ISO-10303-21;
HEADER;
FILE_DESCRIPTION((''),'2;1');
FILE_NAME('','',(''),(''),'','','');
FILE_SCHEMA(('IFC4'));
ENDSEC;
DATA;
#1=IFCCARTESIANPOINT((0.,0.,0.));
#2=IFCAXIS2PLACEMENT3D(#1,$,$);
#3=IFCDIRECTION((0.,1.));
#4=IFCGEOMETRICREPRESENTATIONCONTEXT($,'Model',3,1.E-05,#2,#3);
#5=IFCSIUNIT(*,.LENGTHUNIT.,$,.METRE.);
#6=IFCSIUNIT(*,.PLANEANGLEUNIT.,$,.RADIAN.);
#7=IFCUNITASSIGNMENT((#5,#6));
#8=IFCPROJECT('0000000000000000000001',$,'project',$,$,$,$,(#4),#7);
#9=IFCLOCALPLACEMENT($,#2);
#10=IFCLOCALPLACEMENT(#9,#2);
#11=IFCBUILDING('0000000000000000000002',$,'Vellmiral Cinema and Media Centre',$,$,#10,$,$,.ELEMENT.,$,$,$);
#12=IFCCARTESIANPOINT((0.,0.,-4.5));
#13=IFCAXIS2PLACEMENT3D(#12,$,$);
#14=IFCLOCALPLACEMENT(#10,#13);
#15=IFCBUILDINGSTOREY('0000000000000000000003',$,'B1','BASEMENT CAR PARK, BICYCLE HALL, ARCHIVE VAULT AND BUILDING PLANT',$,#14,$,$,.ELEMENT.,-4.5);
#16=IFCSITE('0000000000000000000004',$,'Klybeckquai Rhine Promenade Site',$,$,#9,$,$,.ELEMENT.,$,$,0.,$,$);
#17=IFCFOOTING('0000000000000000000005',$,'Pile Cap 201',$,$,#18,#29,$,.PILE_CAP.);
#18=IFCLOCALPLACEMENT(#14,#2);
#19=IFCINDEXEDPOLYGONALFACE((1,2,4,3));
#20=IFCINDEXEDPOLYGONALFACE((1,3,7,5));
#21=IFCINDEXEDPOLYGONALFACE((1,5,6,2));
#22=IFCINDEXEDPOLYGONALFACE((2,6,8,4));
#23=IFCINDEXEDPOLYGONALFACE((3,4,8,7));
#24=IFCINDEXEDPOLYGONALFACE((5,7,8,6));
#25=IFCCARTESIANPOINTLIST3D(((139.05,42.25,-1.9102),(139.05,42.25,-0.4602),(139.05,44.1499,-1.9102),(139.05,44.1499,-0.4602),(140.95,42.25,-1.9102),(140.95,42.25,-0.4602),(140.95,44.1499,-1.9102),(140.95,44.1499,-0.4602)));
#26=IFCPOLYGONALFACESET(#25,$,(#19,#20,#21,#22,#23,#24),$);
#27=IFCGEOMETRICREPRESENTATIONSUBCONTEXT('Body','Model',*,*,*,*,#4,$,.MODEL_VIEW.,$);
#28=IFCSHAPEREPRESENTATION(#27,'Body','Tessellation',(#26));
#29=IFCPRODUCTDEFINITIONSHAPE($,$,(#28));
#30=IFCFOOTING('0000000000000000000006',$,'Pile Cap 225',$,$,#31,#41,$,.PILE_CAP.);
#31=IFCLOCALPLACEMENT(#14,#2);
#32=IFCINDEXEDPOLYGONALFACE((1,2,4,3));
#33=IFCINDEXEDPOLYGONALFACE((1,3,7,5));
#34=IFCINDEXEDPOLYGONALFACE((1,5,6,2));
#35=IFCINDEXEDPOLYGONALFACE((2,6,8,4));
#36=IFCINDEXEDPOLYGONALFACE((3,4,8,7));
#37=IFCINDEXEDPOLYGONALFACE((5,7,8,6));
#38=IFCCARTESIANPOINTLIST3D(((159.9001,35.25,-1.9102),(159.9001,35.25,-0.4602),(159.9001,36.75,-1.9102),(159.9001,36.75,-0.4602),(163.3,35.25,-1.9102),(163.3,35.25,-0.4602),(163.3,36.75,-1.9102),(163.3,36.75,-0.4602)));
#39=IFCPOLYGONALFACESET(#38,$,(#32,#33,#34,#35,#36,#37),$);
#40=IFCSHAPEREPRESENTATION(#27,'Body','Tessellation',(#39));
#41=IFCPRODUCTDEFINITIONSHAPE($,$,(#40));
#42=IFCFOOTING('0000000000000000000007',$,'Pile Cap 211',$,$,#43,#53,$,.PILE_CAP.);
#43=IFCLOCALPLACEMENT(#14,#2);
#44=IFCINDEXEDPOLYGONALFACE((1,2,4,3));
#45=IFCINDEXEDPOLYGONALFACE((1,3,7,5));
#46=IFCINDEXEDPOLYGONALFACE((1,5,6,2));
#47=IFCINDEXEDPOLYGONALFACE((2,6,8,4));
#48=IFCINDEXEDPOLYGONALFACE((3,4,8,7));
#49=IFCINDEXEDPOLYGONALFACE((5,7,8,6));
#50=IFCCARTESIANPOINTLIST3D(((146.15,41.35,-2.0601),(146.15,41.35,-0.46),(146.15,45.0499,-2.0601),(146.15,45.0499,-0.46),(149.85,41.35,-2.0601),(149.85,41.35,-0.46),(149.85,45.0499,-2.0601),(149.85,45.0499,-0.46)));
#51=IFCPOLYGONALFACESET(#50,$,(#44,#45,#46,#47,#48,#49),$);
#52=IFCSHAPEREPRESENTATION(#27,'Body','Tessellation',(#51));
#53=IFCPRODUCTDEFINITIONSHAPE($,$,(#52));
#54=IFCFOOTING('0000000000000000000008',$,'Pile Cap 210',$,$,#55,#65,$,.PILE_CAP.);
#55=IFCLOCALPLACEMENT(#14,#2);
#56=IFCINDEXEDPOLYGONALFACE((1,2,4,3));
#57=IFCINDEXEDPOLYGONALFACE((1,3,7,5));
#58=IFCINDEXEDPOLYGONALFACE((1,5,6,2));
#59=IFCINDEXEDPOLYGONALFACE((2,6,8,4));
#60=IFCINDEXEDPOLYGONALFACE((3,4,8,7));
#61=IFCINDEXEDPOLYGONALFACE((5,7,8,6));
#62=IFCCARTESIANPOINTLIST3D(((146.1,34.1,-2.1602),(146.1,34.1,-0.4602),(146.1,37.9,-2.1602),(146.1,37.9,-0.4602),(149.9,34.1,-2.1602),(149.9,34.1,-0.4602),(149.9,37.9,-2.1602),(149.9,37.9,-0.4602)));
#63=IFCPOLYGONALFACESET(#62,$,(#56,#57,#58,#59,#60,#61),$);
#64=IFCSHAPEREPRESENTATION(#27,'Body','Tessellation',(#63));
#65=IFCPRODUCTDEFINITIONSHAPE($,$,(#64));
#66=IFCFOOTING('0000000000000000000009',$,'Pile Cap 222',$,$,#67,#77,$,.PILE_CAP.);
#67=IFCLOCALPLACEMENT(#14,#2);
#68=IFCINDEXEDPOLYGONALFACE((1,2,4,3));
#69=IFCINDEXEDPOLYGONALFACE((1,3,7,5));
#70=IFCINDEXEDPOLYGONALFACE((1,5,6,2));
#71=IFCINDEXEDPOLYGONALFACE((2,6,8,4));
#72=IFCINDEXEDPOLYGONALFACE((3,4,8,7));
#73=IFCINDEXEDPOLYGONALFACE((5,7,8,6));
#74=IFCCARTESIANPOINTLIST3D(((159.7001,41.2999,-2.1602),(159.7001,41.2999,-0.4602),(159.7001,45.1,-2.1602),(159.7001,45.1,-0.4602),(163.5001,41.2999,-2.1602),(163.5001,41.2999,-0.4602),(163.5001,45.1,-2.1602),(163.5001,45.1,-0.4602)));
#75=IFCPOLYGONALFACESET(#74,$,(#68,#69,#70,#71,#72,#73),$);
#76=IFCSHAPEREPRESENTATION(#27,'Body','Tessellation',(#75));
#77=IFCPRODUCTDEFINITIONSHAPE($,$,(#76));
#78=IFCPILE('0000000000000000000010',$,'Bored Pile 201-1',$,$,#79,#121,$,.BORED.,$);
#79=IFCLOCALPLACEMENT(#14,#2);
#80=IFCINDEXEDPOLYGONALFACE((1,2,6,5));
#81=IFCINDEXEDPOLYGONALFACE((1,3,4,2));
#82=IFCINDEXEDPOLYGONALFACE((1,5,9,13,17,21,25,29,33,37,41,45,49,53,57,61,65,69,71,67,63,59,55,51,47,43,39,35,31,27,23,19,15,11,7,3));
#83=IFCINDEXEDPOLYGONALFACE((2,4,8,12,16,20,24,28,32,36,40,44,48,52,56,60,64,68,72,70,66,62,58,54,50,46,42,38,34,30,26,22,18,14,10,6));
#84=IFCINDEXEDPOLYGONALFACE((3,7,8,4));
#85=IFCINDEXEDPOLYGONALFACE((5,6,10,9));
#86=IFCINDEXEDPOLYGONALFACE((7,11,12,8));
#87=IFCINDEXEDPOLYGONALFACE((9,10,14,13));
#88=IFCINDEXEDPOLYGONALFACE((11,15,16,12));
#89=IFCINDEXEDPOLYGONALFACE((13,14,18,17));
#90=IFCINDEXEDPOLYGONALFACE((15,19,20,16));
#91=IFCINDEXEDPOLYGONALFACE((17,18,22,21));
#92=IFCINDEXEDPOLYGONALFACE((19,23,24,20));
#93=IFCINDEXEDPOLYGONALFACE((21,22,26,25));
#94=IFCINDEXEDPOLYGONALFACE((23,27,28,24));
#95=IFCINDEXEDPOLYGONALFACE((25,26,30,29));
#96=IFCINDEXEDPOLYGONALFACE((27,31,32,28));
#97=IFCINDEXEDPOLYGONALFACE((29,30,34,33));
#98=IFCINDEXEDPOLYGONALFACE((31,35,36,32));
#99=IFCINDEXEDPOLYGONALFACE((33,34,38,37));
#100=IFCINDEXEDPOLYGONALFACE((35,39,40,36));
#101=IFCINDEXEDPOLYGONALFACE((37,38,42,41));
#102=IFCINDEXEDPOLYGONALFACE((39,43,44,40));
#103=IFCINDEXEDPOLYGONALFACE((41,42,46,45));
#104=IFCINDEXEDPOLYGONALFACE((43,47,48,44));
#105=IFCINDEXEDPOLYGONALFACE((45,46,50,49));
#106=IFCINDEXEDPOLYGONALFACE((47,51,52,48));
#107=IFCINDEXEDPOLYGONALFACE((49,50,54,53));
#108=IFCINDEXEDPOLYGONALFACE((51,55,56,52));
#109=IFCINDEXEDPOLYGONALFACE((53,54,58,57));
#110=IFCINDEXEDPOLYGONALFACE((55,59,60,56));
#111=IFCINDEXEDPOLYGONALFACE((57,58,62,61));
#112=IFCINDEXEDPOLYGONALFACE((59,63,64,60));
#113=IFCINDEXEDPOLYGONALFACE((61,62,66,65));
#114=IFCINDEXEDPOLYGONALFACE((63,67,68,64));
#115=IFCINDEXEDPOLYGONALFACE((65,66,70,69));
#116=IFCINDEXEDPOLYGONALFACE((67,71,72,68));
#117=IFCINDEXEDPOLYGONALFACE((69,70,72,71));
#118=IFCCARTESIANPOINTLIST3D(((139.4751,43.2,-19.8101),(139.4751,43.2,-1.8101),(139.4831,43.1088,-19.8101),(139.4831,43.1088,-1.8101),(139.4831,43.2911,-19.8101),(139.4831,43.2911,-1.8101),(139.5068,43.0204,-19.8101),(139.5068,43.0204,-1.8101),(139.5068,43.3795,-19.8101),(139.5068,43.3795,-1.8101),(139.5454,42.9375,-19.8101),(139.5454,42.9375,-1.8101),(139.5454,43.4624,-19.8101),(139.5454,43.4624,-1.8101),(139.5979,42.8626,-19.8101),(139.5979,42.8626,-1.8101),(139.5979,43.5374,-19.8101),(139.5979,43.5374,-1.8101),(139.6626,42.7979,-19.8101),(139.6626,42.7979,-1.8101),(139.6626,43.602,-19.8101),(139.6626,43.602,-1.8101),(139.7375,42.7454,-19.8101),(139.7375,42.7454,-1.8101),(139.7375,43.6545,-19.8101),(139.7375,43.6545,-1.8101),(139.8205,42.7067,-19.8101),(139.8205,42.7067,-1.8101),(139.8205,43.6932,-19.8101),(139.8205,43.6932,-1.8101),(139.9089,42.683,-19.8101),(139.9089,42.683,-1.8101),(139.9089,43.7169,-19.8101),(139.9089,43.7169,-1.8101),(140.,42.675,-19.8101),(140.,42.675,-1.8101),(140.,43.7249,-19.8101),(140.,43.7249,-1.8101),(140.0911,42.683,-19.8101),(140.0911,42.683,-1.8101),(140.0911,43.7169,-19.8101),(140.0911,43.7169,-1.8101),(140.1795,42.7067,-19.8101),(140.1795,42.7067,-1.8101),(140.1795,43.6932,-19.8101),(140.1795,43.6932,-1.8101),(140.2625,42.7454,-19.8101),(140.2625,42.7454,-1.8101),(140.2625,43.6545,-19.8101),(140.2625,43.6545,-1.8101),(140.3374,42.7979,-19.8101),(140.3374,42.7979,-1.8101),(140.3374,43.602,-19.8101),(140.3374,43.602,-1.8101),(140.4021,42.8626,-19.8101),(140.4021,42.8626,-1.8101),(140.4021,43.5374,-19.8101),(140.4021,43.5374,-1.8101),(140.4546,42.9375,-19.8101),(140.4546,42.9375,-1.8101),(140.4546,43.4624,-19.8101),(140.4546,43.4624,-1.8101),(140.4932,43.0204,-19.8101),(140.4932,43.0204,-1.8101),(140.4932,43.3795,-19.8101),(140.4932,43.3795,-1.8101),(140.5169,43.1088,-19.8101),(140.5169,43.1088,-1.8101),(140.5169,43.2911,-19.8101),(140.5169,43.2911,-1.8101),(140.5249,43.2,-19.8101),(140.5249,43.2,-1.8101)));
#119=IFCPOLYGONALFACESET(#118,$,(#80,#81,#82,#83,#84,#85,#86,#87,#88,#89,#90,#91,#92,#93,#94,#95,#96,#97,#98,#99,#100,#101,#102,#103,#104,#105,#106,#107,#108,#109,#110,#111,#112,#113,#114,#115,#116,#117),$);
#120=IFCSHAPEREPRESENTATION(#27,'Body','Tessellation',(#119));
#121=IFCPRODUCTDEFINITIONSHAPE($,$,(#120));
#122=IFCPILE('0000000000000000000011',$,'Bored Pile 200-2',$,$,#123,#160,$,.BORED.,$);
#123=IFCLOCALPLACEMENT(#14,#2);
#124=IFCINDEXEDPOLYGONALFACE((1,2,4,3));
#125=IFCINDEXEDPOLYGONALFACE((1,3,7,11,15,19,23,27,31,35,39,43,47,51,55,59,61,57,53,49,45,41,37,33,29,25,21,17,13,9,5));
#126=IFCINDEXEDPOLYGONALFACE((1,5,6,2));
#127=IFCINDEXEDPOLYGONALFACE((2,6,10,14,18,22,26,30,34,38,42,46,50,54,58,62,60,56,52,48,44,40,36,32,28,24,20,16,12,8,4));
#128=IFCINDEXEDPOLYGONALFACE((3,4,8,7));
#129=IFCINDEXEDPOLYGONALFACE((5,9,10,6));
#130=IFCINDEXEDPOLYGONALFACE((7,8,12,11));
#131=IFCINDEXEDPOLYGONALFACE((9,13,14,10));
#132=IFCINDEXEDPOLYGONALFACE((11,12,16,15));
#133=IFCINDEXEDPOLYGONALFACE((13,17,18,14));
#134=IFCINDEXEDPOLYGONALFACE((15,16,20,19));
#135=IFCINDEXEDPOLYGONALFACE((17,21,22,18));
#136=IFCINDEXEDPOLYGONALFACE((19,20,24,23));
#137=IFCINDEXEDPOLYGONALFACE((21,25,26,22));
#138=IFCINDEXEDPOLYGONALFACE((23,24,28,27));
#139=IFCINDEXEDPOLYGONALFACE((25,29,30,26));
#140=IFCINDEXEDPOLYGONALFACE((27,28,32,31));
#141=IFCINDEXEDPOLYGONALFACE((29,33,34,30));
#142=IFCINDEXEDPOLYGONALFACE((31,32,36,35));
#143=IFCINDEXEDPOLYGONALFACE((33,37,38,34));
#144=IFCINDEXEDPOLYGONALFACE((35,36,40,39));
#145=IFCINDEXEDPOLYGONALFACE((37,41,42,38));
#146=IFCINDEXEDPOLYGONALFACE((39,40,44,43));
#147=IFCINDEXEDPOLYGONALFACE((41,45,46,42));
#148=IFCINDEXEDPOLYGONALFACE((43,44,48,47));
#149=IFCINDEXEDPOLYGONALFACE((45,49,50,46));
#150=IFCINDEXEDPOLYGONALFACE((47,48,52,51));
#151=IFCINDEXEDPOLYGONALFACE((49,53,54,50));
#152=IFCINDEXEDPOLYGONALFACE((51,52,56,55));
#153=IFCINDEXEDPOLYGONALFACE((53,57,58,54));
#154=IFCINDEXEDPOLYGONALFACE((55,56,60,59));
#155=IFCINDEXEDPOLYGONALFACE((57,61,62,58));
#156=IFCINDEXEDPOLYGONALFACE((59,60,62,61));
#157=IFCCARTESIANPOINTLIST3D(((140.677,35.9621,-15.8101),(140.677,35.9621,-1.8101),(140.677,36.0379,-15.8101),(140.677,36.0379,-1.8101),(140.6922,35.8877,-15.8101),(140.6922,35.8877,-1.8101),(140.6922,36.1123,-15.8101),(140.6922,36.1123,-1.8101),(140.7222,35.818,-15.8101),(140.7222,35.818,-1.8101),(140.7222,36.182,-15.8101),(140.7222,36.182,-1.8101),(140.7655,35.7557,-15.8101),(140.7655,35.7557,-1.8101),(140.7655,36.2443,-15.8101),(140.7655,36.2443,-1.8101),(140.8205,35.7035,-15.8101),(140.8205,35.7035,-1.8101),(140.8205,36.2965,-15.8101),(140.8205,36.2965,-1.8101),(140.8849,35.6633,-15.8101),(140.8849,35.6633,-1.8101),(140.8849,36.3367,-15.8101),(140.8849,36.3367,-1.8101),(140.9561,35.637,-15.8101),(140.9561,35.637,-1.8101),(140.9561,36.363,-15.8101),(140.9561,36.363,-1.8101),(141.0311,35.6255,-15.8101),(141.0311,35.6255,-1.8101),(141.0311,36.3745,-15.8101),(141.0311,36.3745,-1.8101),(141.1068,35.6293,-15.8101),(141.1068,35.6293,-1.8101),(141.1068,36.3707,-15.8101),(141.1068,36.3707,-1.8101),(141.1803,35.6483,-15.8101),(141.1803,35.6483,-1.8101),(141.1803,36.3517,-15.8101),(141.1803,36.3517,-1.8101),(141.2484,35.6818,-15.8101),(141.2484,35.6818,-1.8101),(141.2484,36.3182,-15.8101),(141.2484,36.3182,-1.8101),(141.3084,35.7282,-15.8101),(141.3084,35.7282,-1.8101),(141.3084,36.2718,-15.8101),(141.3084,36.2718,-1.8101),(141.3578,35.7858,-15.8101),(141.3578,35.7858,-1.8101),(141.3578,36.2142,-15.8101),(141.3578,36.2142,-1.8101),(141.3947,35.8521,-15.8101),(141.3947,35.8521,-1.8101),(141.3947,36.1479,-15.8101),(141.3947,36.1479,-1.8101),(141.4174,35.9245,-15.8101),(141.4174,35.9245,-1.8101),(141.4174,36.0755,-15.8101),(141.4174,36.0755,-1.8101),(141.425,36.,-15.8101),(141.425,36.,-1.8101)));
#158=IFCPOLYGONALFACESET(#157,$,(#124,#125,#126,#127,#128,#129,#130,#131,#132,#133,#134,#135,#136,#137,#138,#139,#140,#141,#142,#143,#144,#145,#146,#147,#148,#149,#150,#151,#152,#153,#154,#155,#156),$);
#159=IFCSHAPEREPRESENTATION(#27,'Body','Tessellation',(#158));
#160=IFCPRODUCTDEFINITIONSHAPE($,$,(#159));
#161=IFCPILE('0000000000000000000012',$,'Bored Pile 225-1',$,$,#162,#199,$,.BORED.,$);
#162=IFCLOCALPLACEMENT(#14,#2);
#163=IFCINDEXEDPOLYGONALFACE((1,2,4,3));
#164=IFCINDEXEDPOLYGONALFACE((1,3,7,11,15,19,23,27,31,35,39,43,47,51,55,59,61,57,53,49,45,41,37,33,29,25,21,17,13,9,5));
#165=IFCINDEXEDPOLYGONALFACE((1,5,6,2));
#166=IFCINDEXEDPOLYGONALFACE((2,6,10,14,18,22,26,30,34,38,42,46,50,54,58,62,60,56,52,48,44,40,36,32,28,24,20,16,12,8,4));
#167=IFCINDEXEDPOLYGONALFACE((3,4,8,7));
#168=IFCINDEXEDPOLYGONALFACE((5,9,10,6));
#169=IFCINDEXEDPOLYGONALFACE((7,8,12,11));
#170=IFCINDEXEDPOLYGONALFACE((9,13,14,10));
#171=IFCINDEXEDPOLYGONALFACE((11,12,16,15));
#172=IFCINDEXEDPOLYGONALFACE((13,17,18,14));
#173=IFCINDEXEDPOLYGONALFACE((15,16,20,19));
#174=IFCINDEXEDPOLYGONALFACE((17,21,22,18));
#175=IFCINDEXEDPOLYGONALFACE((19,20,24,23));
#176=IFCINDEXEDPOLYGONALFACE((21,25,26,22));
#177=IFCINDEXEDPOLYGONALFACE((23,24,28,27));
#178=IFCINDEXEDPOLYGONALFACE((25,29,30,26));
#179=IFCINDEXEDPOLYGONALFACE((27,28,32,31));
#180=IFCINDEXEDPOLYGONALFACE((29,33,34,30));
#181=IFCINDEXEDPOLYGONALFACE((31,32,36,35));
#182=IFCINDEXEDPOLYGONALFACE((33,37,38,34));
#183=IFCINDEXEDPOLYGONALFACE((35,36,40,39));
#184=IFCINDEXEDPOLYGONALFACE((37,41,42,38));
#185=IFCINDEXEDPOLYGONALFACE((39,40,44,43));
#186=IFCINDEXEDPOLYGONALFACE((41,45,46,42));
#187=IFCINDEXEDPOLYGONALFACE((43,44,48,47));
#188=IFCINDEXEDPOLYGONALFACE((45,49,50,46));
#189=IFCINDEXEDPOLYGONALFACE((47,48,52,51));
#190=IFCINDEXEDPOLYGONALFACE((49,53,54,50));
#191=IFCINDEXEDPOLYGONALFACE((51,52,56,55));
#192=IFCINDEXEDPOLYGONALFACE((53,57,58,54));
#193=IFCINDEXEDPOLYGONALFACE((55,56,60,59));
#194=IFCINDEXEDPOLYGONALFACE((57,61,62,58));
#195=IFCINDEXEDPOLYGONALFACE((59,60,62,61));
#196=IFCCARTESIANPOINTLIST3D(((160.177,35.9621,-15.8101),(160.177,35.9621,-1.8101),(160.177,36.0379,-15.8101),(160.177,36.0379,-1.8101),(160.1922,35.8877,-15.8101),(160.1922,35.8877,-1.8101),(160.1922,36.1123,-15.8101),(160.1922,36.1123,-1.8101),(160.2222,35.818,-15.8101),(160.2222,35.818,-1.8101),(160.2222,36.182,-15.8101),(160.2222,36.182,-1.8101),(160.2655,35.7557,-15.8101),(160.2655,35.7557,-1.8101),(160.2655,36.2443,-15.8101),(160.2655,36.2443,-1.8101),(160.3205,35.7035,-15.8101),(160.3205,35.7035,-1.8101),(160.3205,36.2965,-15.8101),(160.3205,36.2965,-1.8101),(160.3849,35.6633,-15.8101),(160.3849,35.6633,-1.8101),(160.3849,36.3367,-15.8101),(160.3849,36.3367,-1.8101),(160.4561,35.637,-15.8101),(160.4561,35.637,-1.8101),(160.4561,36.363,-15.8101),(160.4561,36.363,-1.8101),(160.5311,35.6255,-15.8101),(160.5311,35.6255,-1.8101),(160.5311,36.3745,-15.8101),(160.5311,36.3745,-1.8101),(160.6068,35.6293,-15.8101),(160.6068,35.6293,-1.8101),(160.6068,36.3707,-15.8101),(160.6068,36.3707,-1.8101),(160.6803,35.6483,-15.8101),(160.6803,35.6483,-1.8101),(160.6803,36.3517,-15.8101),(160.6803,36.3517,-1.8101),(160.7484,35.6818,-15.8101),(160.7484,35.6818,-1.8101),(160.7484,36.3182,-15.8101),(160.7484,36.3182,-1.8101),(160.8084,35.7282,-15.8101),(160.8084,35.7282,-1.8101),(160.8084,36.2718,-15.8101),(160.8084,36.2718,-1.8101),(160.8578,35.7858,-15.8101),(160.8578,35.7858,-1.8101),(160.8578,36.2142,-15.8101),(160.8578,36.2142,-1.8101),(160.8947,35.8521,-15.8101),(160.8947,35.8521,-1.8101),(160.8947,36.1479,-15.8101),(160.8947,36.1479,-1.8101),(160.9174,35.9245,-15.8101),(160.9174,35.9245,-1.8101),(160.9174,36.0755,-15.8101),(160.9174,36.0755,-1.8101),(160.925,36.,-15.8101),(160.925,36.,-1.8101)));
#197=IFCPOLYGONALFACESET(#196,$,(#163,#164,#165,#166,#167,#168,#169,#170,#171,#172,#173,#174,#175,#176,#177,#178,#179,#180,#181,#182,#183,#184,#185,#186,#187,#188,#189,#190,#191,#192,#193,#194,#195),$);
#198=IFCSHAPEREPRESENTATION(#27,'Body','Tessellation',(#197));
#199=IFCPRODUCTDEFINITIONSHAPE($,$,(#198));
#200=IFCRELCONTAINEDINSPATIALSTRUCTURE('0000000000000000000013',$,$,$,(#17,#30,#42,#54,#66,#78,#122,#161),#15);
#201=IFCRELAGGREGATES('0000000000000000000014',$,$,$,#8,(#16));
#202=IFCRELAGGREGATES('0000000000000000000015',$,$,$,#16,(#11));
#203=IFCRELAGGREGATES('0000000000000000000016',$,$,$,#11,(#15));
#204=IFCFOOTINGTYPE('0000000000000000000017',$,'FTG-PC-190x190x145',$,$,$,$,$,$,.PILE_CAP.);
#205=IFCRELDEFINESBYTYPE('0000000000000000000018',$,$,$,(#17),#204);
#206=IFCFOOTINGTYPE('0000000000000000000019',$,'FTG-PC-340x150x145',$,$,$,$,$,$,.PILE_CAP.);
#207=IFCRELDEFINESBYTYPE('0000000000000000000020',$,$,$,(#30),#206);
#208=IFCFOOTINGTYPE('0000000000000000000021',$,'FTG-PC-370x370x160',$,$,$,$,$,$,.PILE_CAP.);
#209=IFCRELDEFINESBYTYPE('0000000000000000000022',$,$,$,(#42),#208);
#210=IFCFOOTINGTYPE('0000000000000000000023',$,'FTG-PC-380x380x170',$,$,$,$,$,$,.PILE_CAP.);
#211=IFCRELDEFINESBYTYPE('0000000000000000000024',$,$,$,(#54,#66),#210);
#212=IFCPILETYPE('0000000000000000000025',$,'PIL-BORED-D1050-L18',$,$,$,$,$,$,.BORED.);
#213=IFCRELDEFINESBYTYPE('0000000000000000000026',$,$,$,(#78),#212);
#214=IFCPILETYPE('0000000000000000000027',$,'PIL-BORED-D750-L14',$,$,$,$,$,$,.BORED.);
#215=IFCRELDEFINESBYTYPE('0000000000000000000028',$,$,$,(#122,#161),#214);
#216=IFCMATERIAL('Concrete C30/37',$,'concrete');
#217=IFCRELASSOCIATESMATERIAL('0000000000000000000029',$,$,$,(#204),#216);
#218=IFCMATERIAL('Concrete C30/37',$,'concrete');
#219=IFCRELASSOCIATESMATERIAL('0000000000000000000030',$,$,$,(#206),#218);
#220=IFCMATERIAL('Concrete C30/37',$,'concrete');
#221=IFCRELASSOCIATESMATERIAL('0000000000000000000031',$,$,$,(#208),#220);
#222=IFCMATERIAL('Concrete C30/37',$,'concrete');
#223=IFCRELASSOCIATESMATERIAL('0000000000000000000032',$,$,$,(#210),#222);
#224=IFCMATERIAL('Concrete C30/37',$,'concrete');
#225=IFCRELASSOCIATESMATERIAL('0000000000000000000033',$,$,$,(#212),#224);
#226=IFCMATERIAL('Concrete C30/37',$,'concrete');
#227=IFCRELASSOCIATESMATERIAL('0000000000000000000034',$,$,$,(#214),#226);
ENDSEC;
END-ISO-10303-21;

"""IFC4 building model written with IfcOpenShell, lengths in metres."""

from ifc_helpers import new_model, si_unit, direction, frame, origin, origin_2d, place, context, subcontext, project, spatial, rectangle, circle, extrude, material, material_profile, profile_set, type_object, element, save


model = new_model("IFC4")

# Units and contexts
model_context = context("Model", 3, precision=1e-05, world=origin(), true_north=direction((0.0, 1.0)))
body_context = subcontext(model_context, "Body", "Model", "MODEL_VIEW")
ifc_project = project(units=[si_unit("LENGTHUNIT", "METRE"), si_unit("PLANEANGLEUNIT", "RADIAN")], contexts=[model_context])

# Site, building, storey
site_placement = place(None, origin())
site = spatial("IfcSite", under=ifc_project, at=site_placement, Name="Klybeckquai Rhine Promenade Site", CompositionType="ELEMENT", RefElevation=0.0)
building_placement = place(site_placement, origin())
building = spatial("IfcBuilding", under=site, at=building_placement, Name="Vellmiral Cinema and Media Centre", CompositionType="ELEMENT")
storey_placement = place(building_placement, frame((0.0, 0.0, -4.5)))
storey = spatial("IfcBuildingStorey", under=building, at=storey_placement, Name="B1", Description="BASEMENT CAR PARK, BICYCLE HALL, ARCHIVE VAULT AND BUILDING PLANT", CompositionType="ELEMENT", Elevation=-4.5)

# Footings
ifc_material_1 = material(Name="Concrete C30/37", Category="concrete")
footing_type_1 = type_object("IfcFootingType", Name="FTG-PC-190x190x145", PredefinedType="PILE_CAP", material=ifc_material_1)
footing_1_placement = place(storey_placement, frame((140.0, 43.2, -1.9102), z_axis=(0.0, 0.0, 1.0), x_axis=(1.0, 0.0, 0.0)))
element("IfcFooting", 1, at=footing_1_placement, inside=storey, type_object=footing_type_1, Name="Pile Cap 201", PredefinedType="PILE_CAP", context=body_context, shape_type="SweptSolid", body=[
    extrude(rectangle(XDim=1.8999, YDim=1.8999, at=origin_2d()), origin(), (0.0, 0.0, 1.0), 1.45),
])
ifc_material_2 = material(Name="Concrete C30/37", Category="concrete")
footing_type_2 = type_object("IfcFootingType", Name="FTG-PC-340x150x145", PredefinedType="PILE_CAP", material=ifc_material_2)
footing_2_placement = place(storey_placement, frame((161.6001, 36.0, -1.9102), z_axis=(0.0, 0.0, 1.0), x_axis=(1.0, 0.0, 0.0)))
element("IfcFooting", 2, at=footing_2_placement, inside=storey, type_object=footing_type_2, Name="Pile Cap 225", PredefinedType="PILE_CAP", context=body_context, shape_type="SweptSolid", body=[
    extrude(rectangle(XDim=3.3999, YDim=1.5, at=origin_2d()), origin(), (0.0, 0.0, 1.0), 1.45),
])
ifc_material_3 = material(Name="Concrete C30/37", Category="concrete")
footing_type_3 = type_object("IfcFootingType", Name="FTG-PC-370x370x160", PredefinedType="PILE_CAP", material=ifc_material_3)
footing_3_placement = place(storey_placement, frame((148.0, 43.2, -2.0601), z_axis=(0.0, 0.0, 1.0), x_axis=(1.0, 0.0, 0.0)))
element("IfcFooting", 3, at=footing_3_placement, inside=storey, type_object=footing_type_3, Name="Pile Cap 211", PredefinedType="PILE_CAP", context=body_context, shape_type="SweptSolid", body=[
    extrude(rectangle(XDim=3.7, YDim=3.7, at=origin_2d()), origin(), (0.0, 0.0, 1.0), 1.6001),
])
ifc_material_4 = material(Name="Concrete C30/37", Category="concrete")
footing_type_4 = type_object("IfcFootingType", Name="FTG-PC-380x380x170", PredefinedType="PILE_CAP", material=ifc_material_4)
for number, where, z_axis, x_axis, name in (
    (4, (148.0, 36.0, -2.1602), (0.0, 0.0, 1.0), (1.0, 0.0, 0.0), "Pile Cap 210"),
    (5, (161.6001, 43.2, -2.1602), (0.0, 0.0, 1.0), (1.0, 0.0, 0.0), "Pile Cap 222"),
):
    element("IfcFooting", number, at=place(storey_placement, frame(where, z_axis=z_axis, x_axis=x_axis)), inside=storey, type_object=footing_type_4, Name=name, PredefinedType="PILE_CAP", context=body_context, shape_type="SweptSolid", body=[
        extrude(rectangle(XDim=3.8, YDim=3.8, at=origin_2d()), origin(), (0.0, 0.0, 1.0), 1.7),
    ])

# Piles
ifc_material_5 = material(Name="Concrete C30/37", Category="concrete")
ifc_material_profile_1 = material_profile(ifc_material_5, circle(Radius=0.5249, at=origin_2d()), Name="PILE D1050")
ifc_profile_set_1 = profile_set([ifc_material_profile_1], Name="Concrete C30/37")
pile_type_1 = type_object("IfcPileType", Name="PIL-BORED-D1050-L18", PredefinedType="BORED", material=ifc_profile_set_1)
pile_placement = place(storey_placement, frame((140.0, 43.2, -1.8101), z_axis=(0.0, 0.0, -1.0), x_axis=(1.0, 0.0, 0.0)))
element("IfcPile", 6, at=pile_placement, inside=storey, type_object=pile_type_1, Name="Bored Pile 201-1", PredefinedType="BORED", context=body_context, shape_type="SweptSolid", body=[
    extrude(circle(Radius=0.5249, at=origin_2d()), origin(), (0.0, 0.0, 1.0), 18.0),
])
ifc_material_6 = material(Name="Concrete C30/37", Category="concrete")
ifc_material_profile_2 = material_profile(ifc_material_6, circle(Radius=0.375, at=origin_2d()), Name="PILE D750")
ifc_profile_set_2 = profile_set([ifc_material_profile_2], Name="Concrete C30/37")
pile_type_2 = type_object("IfcPileType", Name="PIL-BORED-D750-L14", PredefinedType="BORED", material=ifc_profile_set_2)
for number, where, z_axis, x_axis, name in (
    (7, (141.05, 36.0, -1.8101), (0.0, 0.0, -1.0), (1.0, 0.0, 0.0), "Bored Pile 200-2"),
    (8, (160.55, 36.0, -1.8101), (0.0, 0.0, -1.0), (1.0, 0.0, 0.0), "Bored Pile 225-1"),
):
    element("IfcPile", number, at=place(storey_placement, frame(where, z_axis=z_axis, x_axis=x_axis)), inside=storey, type_object=pile_type_2, Name=name, PredefinedType="BORED", context=body_context, shape_type="SweptSolid", body=[
        extrude(circle(Radius=0.375, at=origin_2d()), origin(), (0.0, 0.0, 1.0), 14.0),
    ])

save(model, "model.ifc")
